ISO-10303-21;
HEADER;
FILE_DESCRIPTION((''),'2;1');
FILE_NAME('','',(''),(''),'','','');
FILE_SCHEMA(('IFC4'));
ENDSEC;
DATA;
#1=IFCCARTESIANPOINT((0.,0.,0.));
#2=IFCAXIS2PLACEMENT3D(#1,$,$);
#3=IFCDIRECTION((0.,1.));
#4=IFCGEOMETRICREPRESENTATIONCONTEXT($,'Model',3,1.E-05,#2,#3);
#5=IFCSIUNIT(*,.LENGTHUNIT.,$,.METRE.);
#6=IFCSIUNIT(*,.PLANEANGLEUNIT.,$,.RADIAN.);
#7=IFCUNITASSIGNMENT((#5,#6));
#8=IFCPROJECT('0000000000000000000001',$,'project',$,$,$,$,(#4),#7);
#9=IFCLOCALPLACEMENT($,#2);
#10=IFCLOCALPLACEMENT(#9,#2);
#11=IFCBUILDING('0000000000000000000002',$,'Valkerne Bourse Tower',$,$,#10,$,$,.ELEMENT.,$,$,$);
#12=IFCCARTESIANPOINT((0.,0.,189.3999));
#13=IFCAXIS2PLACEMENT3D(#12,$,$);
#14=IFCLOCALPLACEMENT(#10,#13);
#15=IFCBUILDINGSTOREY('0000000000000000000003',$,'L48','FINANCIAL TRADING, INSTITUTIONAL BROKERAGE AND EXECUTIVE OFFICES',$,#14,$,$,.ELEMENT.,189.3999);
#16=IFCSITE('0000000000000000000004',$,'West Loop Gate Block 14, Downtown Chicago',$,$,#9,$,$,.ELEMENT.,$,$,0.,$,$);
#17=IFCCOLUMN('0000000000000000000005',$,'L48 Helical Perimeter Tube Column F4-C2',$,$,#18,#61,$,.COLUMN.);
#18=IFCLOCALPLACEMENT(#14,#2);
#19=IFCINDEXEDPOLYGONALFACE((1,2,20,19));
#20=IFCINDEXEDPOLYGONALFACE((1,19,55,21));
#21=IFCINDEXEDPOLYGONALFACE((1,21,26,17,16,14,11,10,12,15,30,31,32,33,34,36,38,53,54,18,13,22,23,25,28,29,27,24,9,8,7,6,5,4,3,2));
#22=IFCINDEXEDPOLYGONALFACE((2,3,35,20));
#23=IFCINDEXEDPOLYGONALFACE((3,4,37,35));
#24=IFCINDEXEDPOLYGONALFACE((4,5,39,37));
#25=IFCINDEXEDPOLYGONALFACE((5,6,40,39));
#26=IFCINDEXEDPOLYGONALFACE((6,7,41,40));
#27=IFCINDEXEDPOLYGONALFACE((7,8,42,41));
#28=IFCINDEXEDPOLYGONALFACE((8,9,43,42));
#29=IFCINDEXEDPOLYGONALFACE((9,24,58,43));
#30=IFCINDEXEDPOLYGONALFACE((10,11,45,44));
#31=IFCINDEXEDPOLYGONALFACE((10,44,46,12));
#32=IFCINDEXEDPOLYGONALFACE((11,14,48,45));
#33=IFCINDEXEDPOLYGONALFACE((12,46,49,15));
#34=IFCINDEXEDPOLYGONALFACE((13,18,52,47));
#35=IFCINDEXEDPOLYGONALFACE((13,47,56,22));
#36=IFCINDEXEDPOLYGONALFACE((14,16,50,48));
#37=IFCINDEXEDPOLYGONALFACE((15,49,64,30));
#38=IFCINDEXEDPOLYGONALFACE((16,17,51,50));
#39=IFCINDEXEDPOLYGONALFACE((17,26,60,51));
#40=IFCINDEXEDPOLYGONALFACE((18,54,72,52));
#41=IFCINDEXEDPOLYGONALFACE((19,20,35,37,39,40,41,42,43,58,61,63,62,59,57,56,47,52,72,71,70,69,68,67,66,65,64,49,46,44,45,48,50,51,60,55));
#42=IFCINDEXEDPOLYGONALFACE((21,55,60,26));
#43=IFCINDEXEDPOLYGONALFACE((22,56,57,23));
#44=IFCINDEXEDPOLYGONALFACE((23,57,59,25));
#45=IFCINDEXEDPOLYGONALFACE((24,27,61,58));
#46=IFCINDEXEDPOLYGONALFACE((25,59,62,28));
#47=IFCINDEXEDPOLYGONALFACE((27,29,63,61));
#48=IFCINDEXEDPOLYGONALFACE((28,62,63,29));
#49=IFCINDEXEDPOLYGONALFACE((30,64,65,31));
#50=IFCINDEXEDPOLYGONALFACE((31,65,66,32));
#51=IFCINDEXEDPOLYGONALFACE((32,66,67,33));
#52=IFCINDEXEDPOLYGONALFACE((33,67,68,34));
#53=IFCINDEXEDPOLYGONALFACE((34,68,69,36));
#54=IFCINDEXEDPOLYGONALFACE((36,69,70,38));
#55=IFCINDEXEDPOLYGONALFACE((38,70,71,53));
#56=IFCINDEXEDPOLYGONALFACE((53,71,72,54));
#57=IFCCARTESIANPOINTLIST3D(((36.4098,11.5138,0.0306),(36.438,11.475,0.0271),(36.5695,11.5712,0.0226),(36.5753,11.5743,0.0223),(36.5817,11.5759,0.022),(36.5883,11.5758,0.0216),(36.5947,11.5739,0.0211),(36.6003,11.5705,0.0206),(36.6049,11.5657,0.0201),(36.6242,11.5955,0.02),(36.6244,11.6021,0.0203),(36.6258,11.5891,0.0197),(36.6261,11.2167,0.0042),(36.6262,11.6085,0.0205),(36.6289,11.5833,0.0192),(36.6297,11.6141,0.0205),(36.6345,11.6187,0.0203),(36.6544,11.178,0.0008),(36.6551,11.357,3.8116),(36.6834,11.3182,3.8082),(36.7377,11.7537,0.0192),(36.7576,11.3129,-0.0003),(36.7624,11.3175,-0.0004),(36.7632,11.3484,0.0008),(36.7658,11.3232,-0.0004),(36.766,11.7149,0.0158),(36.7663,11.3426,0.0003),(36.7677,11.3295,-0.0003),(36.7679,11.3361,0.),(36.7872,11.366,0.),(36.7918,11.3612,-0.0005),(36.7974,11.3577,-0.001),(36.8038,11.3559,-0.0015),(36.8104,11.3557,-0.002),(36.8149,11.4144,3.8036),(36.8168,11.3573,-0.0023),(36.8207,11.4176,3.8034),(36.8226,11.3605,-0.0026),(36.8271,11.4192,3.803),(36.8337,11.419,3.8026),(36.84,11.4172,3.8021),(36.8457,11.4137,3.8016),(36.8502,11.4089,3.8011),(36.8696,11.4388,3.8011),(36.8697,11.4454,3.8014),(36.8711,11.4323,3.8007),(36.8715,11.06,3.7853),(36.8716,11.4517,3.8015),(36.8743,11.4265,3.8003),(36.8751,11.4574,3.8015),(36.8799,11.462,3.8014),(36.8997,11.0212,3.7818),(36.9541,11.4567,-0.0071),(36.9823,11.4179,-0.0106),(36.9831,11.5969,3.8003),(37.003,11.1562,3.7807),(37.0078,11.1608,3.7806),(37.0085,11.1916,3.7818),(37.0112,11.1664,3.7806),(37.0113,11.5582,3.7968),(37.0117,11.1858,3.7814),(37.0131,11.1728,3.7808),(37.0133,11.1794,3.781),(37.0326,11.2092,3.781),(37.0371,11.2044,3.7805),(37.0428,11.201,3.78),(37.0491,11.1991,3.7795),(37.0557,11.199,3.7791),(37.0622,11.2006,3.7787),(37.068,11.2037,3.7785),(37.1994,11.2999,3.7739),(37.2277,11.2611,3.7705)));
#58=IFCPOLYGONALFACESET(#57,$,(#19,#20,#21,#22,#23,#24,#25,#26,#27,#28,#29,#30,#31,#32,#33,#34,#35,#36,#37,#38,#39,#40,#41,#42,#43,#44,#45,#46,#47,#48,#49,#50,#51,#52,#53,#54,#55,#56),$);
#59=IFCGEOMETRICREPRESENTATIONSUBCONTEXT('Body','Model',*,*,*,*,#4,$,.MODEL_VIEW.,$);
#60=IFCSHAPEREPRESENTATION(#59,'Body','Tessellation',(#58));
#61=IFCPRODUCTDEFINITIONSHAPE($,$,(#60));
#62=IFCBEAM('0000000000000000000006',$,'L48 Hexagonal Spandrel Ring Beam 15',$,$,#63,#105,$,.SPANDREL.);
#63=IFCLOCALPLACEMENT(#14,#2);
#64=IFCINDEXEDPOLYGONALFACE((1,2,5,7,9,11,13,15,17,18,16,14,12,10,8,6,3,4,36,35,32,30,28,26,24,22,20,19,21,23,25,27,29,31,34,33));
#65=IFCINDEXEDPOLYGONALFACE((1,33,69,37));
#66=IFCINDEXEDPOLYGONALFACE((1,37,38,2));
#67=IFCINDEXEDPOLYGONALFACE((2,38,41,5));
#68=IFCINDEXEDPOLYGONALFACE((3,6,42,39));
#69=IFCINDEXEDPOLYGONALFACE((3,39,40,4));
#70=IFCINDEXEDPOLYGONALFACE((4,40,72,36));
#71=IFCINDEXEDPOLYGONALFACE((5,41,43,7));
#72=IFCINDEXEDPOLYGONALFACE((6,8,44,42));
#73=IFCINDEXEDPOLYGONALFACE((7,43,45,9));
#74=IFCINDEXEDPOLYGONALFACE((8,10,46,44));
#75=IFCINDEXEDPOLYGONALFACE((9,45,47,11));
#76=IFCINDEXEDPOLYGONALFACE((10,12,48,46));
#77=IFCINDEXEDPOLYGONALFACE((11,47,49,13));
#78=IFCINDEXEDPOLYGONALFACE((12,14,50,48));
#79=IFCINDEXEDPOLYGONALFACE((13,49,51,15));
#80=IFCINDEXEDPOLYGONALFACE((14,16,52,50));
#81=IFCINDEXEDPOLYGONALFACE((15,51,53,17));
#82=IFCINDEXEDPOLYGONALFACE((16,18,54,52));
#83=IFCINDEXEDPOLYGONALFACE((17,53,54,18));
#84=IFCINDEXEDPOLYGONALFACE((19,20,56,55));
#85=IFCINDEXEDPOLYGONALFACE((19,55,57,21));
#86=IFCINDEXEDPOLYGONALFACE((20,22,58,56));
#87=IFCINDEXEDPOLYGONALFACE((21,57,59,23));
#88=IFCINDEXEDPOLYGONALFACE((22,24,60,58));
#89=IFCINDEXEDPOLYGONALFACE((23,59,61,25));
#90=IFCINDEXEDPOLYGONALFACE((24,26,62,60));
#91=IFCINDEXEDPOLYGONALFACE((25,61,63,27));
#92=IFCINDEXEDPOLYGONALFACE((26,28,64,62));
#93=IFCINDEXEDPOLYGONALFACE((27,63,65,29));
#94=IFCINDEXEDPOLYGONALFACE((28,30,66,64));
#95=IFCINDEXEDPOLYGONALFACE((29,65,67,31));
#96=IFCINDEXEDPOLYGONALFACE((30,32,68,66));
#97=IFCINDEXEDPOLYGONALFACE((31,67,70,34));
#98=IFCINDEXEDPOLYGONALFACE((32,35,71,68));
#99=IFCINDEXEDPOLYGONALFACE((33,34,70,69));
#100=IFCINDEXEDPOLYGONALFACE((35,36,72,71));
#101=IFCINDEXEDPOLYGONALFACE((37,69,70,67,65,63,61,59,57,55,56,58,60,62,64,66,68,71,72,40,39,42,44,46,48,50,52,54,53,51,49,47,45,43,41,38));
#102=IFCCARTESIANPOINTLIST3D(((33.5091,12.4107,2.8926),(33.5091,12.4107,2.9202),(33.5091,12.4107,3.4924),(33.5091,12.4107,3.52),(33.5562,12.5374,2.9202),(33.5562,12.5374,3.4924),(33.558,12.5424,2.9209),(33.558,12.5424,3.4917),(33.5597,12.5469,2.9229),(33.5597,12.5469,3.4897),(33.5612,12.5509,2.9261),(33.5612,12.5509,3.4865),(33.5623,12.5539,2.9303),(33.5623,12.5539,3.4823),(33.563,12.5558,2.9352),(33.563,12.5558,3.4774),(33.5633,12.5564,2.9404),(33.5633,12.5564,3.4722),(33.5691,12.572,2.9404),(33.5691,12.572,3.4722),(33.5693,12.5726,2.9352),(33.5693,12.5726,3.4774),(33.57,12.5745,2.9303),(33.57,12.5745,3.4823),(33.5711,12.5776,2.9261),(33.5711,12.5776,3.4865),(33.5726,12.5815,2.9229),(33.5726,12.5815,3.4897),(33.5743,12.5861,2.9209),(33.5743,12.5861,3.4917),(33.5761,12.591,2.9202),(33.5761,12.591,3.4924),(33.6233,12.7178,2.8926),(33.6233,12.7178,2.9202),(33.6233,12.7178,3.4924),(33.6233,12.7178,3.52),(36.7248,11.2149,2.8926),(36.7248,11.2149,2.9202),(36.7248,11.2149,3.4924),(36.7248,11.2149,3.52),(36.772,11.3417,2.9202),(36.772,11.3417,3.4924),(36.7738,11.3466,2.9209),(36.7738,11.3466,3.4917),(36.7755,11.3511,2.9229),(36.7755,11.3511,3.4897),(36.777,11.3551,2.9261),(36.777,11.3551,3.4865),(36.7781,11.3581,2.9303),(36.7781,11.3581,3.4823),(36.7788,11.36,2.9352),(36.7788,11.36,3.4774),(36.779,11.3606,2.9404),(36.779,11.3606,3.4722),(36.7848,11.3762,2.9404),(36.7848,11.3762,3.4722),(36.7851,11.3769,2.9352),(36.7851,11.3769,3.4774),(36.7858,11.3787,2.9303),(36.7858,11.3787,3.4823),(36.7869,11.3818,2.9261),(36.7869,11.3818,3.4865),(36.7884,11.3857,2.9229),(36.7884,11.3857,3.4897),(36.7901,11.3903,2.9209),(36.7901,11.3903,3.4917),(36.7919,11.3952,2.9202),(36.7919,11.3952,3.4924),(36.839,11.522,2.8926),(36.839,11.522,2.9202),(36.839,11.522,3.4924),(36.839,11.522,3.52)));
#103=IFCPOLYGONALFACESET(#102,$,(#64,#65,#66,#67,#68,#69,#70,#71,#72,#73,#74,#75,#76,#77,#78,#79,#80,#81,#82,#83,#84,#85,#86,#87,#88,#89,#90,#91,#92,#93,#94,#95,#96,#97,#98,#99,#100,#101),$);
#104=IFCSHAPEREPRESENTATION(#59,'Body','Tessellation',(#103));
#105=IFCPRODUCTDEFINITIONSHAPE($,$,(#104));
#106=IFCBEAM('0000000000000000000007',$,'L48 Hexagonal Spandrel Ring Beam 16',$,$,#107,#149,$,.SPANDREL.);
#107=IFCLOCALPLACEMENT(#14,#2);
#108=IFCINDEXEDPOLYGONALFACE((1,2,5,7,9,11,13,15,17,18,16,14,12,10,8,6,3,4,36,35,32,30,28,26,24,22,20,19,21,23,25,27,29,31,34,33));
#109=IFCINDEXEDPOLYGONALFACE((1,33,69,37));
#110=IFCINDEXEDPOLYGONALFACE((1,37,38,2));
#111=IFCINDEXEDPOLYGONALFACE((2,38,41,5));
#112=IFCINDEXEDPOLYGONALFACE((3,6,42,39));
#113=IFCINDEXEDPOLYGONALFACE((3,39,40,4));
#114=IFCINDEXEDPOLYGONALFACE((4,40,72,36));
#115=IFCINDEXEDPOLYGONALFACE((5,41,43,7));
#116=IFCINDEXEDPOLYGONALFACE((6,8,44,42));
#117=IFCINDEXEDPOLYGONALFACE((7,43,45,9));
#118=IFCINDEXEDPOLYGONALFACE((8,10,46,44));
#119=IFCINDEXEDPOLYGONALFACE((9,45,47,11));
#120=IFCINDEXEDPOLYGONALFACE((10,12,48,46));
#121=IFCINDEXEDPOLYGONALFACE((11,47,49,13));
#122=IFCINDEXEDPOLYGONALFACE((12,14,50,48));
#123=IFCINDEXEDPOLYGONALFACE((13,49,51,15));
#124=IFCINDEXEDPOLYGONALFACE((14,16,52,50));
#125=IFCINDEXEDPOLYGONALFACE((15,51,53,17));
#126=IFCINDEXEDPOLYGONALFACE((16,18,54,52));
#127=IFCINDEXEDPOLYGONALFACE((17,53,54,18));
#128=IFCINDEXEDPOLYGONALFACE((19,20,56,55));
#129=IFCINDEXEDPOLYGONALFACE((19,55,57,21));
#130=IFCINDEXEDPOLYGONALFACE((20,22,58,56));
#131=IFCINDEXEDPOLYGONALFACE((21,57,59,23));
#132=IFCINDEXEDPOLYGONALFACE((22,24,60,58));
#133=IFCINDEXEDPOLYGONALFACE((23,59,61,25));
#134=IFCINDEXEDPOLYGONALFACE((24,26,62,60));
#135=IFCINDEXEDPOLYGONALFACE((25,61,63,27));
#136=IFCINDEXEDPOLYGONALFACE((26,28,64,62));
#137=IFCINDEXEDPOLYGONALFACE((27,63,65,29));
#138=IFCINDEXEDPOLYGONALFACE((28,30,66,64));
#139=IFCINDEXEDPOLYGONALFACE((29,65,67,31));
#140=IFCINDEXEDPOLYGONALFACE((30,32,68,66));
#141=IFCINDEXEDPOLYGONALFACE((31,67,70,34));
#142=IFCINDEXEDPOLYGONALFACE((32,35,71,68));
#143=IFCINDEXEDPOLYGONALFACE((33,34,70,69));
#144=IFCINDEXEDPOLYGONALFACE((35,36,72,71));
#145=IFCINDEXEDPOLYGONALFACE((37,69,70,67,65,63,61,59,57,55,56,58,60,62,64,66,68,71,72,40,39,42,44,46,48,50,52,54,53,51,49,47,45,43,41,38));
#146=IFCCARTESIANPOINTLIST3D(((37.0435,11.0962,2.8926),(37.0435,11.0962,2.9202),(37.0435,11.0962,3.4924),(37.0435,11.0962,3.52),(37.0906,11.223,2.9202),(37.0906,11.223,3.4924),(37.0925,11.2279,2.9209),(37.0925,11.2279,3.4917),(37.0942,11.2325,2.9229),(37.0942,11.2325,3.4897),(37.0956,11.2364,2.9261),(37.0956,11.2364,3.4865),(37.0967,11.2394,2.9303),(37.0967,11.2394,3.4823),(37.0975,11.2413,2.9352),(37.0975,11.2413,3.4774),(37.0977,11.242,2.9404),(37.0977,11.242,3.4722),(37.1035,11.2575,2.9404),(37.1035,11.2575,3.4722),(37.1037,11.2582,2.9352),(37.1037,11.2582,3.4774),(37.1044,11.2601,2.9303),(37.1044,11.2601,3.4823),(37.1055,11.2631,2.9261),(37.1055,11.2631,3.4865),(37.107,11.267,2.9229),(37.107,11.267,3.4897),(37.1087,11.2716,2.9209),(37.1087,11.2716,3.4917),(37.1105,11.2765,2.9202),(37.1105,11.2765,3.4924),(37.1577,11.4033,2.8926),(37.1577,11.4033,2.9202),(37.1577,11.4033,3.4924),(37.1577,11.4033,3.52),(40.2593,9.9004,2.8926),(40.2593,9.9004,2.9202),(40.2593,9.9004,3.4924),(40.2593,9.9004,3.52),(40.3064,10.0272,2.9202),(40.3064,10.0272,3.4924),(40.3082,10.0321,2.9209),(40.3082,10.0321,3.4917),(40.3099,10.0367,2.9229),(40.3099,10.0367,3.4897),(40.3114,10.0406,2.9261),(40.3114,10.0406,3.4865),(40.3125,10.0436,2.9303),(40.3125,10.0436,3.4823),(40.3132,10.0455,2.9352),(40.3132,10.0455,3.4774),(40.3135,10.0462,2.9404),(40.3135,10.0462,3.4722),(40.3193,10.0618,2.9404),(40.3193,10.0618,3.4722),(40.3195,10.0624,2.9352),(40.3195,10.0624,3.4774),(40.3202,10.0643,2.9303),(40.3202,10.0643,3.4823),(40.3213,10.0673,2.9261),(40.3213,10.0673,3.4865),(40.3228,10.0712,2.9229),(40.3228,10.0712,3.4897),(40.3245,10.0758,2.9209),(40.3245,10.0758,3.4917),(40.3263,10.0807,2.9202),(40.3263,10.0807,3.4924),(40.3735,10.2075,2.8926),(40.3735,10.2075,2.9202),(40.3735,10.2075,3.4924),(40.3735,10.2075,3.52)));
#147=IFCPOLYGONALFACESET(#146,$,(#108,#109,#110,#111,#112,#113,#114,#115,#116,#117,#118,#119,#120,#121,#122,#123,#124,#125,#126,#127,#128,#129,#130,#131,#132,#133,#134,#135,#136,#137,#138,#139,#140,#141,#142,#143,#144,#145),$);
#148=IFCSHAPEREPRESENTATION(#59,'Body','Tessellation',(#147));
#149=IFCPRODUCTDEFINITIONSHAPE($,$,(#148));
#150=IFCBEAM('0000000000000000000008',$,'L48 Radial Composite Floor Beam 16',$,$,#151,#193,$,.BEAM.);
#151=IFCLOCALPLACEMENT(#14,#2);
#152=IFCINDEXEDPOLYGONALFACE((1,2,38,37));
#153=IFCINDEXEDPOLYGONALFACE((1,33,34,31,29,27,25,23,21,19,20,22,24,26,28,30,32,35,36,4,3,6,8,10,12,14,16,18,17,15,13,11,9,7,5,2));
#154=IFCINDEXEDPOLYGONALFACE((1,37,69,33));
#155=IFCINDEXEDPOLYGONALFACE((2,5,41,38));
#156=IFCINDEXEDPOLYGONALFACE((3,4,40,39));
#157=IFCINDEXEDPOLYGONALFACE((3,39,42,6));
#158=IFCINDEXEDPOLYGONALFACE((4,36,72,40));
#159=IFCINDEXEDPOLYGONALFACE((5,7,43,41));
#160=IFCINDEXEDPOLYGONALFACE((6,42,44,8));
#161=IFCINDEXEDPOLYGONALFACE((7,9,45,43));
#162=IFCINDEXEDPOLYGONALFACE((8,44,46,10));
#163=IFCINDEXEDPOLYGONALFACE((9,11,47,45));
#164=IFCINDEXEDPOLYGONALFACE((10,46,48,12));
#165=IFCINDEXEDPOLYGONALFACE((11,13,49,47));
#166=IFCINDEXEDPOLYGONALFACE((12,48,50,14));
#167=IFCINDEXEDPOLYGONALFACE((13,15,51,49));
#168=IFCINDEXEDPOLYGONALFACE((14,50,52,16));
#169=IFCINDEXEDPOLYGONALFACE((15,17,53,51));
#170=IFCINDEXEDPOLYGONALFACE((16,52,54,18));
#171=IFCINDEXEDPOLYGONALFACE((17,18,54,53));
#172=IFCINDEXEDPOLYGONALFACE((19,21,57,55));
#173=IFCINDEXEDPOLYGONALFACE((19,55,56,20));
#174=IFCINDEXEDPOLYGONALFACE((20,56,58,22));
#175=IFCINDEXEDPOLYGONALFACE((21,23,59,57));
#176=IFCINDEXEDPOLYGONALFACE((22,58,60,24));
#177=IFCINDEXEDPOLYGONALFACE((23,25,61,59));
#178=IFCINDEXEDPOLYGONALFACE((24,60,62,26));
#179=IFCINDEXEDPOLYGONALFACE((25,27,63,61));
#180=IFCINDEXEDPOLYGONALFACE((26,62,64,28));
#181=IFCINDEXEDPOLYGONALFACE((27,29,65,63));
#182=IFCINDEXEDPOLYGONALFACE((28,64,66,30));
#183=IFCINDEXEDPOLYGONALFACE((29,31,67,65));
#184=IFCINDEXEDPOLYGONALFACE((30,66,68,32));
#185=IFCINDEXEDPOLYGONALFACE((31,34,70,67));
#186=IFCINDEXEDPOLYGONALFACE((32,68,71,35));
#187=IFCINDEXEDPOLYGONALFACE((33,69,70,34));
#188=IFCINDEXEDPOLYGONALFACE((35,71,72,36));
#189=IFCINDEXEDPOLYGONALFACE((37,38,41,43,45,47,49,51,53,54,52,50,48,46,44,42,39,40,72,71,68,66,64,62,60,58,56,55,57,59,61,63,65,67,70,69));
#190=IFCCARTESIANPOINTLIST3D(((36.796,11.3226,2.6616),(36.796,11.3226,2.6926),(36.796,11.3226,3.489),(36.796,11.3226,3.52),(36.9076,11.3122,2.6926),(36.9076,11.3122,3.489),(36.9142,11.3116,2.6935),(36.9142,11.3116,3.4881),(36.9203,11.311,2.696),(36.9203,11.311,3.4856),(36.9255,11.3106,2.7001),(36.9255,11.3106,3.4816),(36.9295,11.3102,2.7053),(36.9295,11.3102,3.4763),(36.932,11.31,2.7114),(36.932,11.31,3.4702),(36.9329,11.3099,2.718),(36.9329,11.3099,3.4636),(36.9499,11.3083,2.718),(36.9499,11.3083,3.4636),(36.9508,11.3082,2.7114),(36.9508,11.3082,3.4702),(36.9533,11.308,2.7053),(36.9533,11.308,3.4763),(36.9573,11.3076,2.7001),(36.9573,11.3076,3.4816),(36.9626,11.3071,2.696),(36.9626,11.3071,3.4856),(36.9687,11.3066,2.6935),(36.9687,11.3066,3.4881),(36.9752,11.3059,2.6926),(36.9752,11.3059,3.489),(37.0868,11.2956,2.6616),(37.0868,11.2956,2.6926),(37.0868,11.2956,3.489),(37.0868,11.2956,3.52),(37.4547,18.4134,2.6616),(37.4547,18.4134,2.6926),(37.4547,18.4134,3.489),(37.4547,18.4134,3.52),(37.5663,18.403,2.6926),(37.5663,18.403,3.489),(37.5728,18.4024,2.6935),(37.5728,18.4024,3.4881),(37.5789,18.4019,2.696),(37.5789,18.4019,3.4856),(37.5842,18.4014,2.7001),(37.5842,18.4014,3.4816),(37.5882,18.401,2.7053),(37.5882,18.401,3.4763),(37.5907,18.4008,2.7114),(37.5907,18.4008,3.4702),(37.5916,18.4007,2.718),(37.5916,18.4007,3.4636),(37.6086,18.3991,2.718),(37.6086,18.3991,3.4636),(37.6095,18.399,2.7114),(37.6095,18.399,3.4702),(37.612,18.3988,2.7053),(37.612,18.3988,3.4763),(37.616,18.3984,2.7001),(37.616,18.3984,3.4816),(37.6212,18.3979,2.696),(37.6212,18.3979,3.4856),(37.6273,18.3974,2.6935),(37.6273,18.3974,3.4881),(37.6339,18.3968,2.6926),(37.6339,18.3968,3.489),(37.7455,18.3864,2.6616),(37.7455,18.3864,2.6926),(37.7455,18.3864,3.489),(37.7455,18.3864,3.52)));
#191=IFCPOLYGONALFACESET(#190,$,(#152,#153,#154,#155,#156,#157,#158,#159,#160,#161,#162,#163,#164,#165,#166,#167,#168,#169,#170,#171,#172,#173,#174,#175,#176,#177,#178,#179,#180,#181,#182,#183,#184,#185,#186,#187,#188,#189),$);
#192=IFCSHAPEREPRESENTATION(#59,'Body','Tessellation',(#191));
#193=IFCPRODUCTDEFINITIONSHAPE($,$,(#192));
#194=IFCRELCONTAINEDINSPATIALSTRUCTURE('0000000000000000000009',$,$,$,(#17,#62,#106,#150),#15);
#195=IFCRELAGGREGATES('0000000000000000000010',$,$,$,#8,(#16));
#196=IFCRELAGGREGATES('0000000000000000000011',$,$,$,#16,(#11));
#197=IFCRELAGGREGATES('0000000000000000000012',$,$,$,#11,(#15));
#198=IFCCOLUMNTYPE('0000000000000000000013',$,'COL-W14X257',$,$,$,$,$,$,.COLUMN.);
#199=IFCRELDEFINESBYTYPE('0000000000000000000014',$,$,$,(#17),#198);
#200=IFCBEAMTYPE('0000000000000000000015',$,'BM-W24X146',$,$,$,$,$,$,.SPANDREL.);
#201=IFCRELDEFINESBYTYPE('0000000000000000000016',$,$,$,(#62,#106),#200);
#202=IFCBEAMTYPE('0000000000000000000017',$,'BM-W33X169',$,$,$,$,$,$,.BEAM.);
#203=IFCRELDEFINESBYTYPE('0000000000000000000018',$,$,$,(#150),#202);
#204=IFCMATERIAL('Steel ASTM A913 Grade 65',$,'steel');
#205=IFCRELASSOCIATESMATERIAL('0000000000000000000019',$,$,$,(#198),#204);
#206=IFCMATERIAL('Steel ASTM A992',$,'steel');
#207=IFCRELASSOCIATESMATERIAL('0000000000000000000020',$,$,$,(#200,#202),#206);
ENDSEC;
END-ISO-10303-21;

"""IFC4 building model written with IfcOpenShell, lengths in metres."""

from ifc_helpers import new_model, si_unit, direction, frame, origin, origin_2d, place, context, subcontext, project, spatial, i_section, extrude, material, material_profile, profile_set, type_object, element, save


model = new_model("IFC4")

# Units and contexts
model_context = context("Model", 3, precision=1e-05, world=origin(), true_north=direction((0.0, 1.0)))
body_context = subcontext(model_context, "Body", "Model", "MODEL_VIEW")
ifc_project = project(units=[si_unit("LENGTHUNIT", "METRE"), si_unit("PLANEANGLEUNIT", "RADIAN")], contexts=[model_context])

# Site, building, storey
site_placement = place(None, origin())
site = spatial("IfcSite", under=ifc_project, at=site_placement, Name="West Loop Gate Block 14, Downtown Chicago", CompositionType="ELEMENT", RefElevation=0.0)
building_placement = place(site_placement, origin())
building = spatial("IfcBuilding", under=site, at=building_placement, Name="Valkerne Bourse Tower", CompositionType="ELEMENT")
storey_placement = place(building_placement, frame((0.0, 0.0, 189.3999)))
storey = spatial("IfcBuildingStorey", under=building, at=storey_placement, Name="L48", Description="FINANCIAL TRADING, INSTITUTIONAL BROKERAGE AND EXECUTIVE OFFICES", CompositionType="ELEMENT", Elevation=189.3999)

# Column
ifc_material_1 = material(Name="Steel ASTM A913 Grade 65", Category="steel")
ifc_material_profile_1 = material_profile(ifc_material_1, i_section(OverallWidth=0.4065, OverallDepth=0.4165, WebThickness=0.0298, FlangeThickness=0.0481, FilletRadius=0.0254, at=origin_2d()), Name="W14X257")
ifc_profile_set_1 = profile_set([ifc_material_profile_1], Name="Steel ASTM A913 Grade 65")
column_type = type_object("IfcColumnType", Name="COL-W14X257", PredefinedType="COLUMN", material=ifc_profile_set_1)
column_placement = place(storey_placement, frame((36.696, 11.4658, 0.01), z_axis=(0.064702, -0.041332, 0.997048), x_axis=(0.806785, 0.590187, -0.027889)))
element("IfcColumn", 1, at=column_placement, inside=storey, type_object=column_type, Name="L48 Helical Perimeter Tube Column F4-C2", PredefinedType="COLUMN", context=body_context, shape_type="SweptSolid", body=[
    extrude(i_section(OverallWidth=0.4065, OverallDepth=0.4165, WebThickness=0.0298, FlangeThickness=0.0481, FilletRadius=0.0254, at=origin_2d()), origin(), (0.0, 0.0, 1.0), 3.7922),
])

# Beams
ifc_material_2 = material(Name="Steel ASTM A992", Category="steel")
ifc_material_profile_2 = material_profile(ifc_material_2, i_section(OverallWidth=0.3276, OverallDepth=0.6274, WebThickness=0.0166, FlangeThickness=0.0276, FilletRadius=0.0203, at=origin_2d()), Name="W24X146")
ifc_profile_set_2 = profile_set([ifc_material_profile_2], Name="Steel ASTM A992")
beam_type_1 = type_object("IfcBeamType", Name="BM-W24X146", PredefinedType="SPANDREL", material=ifc_profile_set_2)
for number, where, z_axis, x_axis, name in (
    (2, (33.5662, 12.5642, 3.2063), (0.937296, -0.348533, 0.0), (0.348533, 0.937296, 0.0), "L48 Hexagonal Spandrel Ring Beam 15"),
    (3, (37.1006, 11.2498, 3.2063), (0.937296, -0.348533, 0.0), (0.348533, 0.937296, 0.0), "L48 Hexagonal Spandrel Ring Beam 16"),
):
    element("IfcBeam", number, at=place(storey_placement, frame(where, z_axis=z_axis, x_axis=x_axis)), inside=storey, type_object=beam_type_1, Name=name, PredefinedType="SPANDREL", context=body_context, shape_type="SweptSolid", body=[
        extrude(i_section(OverallWidth=0.3276, OverallDepth=0.6274, WebThickness=0.0166, FlangeThickness=0.0276, FilletRadius=0.0203, at=origin_2d()), origin(), (0.0, 0.0, 1.0), 3.4309),
    ])
ifc_material_profile_3 = material_profile(ifc_material_2, i_section(OverallWidth=0.292, OverallDepth=0.8584, WebThickness=0.0171, FlangeThickness=0.031, FilletRadius=0.0254, at=origin_2d()), Name="W33X169")
ifc_profile_set_3 = profile_set([ifc_material_profile_3], Name="Steel ASTM A992")
beam_type_2 = type_object("IfcBeamType", Name="BM-W33X169", PredefinedType="BEAM", material=ifc_profile_set_3)
beam_placement = place(storey_placement, frame((36.9414, 11.3091, 3.0908), z_axis=(0.092495, 0.995713, 0.0), x_axis=(-0.995713, 0.092495, 0.0)))
element("IfcBeam", 4, at=beam_placement, inside=storey, type_object=beam_type_2, Name="L48 Radial Composite Floor Beam 16", PredefinedType="BEAM", context=body_context, shape_type="SweptSolid", body=[
    extrude(i_section(OverallWidth=0.292, OverallDepth=0.8584, WebThickness=0.0171, FlangeThickness=0.031, FilletRadius=0.0254, at=origin_2d()), origin(), (0.0, 0.0, 1.0), 7.1213),
])

save(model, "model.ifc")
